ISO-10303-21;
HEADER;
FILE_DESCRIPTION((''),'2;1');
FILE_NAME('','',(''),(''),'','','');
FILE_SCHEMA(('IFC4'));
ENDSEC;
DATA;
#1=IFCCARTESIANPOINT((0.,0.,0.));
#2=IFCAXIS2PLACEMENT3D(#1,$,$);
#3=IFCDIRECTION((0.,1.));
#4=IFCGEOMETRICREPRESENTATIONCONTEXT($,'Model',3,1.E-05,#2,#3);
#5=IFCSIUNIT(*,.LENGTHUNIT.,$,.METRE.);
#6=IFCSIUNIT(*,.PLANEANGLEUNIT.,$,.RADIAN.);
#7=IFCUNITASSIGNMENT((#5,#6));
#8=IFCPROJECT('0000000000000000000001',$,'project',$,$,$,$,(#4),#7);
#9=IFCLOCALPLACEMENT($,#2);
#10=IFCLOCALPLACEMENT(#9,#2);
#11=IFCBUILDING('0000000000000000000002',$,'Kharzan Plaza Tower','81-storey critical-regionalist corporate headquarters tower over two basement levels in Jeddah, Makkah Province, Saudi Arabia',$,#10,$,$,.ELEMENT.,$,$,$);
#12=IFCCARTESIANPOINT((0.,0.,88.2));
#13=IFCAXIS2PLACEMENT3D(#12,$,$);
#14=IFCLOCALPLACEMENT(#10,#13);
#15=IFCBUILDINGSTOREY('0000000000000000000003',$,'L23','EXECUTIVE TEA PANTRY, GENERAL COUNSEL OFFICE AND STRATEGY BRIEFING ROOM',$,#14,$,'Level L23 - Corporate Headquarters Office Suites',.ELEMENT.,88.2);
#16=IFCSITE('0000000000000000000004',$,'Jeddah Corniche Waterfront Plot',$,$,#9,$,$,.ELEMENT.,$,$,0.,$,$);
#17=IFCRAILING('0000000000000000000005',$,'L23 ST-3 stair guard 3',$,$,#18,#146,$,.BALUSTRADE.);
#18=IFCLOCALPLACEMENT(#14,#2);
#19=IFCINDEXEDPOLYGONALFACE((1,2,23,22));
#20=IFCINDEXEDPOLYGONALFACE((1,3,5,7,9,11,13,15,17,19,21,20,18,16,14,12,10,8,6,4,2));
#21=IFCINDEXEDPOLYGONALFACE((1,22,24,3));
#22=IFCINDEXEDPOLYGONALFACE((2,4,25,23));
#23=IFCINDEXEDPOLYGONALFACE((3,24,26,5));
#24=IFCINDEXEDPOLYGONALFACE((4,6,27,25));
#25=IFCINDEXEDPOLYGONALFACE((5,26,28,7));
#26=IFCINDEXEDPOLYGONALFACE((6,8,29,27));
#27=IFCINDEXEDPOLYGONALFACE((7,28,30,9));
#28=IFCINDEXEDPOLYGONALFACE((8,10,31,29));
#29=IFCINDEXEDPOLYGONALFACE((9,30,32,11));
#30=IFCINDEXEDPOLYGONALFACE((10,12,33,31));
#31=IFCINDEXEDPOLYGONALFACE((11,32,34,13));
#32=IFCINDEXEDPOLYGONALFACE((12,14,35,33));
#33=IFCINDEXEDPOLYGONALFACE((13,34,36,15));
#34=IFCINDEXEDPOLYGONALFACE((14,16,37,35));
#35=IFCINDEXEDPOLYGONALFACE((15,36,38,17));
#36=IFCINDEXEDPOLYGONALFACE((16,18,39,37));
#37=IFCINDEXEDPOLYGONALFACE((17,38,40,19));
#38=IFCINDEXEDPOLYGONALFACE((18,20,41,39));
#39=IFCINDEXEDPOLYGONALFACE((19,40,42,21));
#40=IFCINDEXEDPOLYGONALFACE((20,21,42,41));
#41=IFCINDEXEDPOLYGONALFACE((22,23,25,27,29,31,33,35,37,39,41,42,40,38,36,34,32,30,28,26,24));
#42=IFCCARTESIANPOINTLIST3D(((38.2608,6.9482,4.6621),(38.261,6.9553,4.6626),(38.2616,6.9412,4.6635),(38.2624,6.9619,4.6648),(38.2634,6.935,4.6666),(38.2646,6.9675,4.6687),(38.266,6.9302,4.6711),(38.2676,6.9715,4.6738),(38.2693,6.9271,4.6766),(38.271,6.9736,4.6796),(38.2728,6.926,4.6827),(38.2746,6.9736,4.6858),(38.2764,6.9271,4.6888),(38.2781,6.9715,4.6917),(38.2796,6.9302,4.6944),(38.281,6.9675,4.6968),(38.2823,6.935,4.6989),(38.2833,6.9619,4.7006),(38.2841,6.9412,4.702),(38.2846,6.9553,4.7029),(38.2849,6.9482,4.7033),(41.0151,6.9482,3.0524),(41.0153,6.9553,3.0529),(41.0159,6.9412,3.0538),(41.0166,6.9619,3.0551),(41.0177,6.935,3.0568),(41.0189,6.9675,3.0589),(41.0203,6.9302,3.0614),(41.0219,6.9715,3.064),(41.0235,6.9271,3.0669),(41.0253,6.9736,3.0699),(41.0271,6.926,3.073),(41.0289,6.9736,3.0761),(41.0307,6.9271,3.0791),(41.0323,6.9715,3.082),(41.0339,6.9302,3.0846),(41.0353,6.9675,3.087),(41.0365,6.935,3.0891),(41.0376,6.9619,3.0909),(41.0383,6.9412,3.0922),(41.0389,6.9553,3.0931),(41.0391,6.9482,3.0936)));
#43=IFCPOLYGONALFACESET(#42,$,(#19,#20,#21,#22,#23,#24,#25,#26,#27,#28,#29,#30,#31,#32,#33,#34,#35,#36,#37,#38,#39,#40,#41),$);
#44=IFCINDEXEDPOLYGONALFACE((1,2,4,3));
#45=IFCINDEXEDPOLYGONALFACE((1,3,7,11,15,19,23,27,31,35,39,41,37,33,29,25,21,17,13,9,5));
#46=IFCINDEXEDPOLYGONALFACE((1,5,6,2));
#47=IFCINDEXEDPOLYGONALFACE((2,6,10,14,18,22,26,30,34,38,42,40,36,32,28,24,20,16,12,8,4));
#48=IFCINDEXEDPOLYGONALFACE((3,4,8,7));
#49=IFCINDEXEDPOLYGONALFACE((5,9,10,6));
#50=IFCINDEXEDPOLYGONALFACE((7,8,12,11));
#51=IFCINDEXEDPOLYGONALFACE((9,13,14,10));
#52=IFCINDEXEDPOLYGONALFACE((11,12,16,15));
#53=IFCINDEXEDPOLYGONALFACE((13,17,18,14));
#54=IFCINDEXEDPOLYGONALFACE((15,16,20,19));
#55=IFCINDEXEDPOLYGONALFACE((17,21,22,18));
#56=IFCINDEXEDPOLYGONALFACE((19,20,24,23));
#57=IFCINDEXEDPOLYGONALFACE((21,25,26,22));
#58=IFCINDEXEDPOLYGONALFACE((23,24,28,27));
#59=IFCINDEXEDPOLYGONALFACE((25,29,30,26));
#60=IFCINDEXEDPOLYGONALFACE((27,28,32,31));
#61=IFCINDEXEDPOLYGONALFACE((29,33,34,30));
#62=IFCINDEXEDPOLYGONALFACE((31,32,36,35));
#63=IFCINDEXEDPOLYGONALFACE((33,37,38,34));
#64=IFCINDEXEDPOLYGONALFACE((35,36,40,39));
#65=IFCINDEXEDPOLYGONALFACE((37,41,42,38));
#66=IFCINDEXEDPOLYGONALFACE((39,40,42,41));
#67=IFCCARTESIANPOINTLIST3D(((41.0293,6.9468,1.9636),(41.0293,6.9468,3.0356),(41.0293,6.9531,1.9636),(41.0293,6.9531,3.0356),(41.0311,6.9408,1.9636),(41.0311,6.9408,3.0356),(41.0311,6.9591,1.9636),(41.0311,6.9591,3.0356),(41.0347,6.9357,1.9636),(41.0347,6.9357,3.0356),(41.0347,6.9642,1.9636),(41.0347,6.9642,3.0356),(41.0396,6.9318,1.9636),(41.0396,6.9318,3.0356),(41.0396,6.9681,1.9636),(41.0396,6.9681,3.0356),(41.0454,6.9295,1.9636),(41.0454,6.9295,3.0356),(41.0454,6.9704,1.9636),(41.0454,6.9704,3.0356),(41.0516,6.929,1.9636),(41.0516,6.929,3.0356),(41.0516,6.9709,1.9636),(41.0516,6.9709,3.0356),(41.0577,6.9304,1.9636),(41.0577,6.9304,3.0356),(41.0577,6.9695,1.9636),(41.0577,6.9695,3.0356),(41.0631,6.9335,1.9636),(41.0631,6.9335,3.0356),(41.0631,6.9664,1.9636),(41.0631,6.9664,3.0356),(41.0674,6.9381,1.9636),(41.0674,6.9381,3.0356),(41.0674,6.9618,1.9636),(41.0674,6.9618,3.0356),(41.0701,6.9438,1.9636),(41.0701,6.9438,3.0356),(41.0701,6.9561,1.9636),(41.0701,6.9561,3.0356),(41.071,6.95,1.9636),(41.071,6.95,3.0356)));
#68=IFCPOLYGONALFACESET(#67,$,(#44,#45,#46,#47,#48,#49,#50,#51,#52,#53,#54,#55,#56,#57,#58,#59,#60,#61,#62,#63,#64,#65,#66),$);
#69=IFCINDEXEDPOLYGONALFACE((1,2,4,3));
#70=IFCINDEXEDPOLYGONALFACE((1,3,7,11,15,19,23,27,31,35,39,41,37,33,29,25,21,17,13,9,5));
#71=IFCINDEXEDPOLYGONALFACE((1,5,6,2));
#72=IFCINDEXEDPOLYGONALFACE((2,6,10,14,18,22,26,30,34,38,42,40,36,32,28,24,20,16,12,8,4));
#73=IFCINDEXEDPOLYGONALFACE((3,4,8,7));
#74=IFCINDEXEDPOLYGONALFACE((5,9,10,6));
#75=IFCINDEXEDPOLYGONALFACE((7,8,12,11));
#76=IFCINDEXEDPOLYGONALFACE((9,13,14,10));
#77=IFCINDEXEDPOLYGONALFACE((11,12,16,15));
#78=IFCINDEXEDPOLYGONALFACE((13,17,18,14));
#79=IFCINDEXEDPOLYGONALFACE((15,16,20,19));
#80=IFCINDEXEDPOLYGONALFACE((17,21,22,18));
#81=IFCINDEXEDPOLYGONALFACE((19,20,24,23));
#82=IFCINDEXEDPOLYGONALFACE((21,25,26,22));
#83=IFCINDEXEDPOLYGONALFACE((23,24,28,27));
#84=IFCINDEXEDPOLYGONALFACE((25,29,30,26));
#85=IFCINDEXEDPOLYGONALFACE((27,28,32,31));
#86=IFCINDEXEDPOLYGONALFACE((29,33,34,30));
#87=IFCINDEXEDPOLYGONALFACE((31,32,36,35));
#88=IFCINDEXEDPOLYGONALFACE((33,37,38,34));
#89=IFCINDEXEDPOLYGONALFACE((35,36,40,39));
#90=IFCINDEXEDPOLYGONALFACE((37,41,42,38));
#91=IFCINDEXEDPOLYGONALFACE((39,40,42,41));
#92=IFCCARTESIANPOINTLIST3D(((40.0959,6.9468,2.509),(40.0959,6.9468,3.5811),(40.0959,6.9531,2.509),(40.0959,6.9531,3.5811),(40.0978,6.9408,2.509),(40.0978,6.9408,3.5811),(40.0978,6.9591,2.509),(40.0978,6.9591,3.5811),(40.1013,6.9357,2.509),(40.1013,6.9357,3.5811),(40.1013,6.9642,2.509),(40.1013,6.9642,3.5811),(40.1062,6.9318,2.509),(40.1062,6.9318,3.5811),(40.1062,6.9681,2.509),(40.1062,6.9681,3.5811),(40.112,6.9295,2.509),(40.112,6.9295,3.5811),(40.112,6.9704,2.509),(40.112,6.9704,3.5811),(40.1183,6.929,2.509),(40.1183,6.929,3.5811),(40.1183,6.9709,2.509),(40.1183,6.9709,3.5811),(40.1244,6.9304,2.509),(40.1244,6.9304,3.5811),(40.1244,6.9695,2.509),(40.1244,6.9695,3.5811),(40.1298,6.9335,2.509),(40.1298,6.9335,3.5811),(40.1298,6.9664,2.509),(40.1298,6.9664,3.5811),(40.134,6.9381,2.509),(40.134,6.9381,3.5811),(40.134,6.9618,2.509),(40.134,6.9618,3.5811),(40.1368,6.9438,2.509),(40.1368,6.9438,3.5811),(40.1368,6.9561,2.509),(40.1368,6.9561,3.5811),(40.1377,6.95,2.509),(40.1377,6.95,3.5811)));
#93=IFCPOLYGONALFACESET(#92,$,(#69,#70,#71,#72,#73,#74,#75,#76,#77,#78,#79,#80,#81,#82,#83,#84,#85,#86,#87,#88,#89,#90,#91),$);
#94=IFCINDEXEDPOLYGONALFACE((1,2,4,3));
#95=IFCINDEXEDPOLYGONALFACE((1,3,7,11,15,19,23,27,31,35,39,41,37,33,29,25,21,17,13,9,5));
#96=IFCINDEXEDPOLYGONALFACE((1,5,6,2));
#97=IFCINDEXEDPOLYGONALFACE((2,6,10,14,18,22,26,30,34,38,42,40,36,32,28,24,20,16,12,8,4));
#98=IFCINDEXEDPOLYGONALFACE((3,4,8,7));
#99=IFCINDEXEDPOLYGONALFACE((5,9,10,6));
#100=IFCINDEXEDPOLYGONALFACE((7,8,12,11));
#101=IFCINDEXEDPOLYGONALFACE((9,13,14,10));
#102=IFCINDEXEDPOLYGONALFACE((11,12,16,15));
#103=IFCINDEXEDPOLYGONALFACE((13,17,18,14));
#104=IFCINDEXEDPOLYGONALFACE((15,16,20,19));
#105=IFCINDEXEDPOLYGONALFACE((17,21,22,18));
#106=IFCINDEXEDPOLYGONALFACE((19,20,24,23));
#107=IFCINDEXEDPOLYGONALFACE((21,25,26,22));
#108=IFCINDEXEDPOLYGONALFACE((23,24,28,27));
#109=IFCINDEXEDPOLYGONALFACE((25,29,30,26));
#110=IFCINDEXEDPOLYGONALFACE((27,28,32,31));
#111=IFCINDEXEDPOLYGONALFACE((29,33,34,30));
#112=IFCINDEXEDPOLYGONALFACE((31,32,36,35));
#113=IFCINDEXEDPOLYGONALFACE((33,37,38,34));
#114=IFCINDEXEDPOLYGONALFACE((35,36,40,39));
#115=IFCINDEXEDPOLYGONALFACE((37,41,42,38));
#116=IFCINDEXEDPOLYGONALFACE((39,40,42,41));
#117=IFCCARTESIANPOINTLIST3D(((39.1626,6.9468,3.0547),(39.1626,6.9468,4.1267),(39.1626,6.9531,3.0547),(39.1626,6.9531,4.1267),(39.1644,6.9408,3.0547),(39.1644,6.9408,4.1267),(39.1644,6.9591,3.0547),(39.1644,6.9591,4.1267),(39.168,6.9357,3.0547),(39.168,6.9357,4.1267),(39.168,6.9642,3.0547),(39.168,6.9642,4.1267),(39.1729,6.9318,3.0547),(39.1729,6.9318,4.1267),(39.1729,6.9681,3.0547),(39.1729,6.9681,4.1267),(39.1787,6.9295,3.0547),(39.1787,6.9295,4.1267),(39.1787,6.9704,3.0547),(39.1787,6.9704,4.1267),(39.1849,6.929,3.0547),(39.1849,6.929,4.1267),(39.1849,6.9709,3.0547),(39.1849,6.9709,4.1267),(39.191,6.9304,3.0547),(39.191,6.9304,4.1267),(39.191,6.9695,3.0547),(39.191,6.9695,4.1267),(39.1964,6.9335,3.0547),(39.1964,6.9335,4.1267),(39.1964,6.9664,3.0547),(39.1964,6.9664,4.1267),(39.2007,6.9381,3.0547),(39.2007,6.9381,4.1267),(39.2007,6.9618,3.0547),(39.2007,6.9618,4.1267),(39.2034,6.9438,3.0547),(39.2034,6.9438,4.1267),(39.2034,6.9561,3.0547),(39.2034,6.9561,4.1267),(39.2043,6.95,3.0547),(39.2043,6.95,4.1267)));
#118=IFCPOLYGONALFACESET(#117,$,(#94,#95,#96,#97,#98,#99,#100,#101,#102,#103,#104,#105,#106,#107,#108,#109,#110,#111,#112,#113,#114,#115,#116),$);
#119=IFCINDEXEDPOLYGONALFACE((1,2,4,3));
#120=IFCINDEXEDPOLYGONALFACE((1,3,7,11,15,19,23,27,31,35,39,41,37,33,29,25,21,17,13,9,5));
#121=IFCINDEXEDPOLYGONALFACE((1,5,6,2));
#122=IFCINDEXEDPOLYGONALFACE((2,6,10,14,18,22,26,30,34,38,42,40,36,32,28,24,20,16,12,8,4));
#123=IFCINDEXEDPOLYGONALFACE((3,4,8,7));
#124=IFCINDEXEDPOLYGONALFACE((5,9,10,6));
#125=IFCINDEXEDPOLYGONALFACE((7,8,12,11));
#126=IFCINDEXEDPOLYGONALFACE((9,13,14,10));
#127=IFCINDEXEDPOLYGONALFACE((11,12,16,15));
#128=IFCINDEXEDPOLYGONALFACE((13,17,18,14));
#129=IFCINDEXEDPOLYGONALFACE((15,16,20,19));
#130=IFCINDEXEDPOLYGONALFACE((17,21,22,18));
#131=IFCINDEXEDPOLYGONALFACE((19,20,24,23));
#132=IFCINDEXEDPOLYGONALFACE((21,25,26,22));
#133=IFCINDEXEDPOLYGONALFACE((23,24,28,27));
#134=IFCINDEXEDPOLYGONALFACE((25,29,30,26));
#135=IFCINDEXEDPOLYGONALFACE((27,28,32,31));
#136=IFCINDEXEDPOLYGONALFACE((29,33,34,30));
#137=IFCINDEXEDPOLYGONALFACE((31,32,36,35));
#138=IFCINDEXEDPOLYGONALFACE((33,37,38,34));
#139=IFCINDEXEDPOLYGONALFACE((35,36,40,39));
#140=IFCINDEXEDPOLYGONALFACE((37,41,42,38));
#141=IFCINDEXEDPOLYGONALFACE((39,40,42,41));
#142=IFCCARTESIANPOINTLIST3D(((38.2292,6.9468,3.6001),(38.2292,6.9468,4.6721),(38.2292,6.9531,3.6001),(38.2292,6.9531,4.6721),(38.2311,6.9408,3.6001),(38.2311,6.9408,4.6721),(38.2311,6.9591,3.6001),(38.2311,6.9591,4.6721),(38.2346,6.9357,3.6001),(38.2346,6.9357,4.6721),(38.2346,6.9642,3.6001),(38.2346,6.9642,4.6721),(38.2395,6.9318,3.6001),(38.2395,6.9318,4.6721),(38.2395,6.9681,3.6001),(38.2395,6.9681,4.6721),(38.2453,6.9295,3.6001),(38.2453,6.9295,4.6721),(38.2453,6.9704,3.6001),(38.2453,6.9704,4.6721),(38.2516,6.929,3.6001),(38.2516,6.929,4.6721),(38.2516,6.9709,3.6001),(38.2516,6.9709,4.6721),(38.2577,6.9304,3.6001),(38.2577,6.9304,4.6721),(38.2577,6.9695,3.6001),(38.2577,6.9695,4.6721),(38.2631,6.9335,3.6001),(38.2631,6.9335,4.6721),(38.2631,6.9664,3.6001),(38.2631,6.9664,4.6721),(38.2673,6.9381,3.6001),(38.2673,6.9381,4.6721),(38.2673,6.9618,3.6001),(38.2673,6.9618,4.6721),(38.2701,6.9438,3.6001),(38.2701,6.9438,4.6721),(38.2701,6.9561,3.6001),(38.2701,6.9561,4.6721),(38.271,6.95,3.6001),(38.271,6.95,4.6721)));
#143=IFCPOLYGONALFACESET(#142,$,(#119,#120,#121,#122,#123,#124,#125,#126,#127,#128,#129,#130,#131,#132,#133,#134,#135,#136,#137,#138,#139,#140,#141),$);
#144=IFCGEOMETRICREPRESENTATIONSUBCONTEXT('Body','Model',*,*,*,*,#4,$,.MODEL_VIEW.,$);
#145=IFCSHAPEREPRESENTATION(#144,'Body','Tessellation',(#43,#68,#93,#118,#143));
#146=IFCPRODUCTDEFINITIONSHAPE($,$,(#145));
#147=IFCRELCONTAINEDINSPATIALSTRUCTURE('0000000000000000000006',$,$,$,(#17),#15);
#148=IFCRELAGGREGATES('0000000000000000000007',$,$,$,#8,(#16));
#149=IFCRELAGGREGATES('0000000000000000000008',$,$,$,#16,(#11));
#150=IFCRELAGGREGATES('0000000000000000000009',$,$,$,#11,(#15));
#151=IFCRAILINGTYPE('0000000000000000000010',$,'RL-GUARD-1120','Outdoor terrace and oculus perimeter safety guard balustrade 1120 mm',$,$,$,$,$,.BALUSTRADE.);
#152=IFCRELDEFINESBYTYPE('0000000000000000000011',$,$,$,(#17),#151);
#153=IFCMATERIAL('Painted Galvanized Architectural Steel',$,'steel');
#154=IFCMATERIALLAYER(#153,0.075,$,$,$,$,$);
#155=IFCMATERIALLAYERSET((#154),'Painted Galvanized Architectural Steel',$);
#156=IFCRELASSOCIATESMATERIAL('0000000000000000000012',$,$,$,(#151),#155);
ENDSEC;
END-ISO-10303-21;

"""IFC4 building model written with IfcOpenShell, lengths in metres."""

from ifc_helpers import new_model, si_unit, direction, frame, origin, origin_2d, place, context, subcontext, project, spatial, circle, extrude, source, transform, mapped, material, layer, layer_set, type_object, element, save


model = new_model("IFC4")

# Units and contexts
model_context = context("Model", 3, precision=1e-05, world=origin(), true_north=direction((0.0, 1.0)))
body_context = subcontext(model_context, "Body", "Model", "MODEL_VIEW")
ifc_project = project(units=[si_unit("LENGTHUNIT", "METRE"), si_unit("PLANEANGLEUNIT", "RADIAN")], contexts=[model_context])

# Site, building, storey
site_placement = place(None, origin())
site = spatial("IfcSite", under=ifc_project, at=site_placement, Name="Jeddah Corniche Waterfront Plot", CompositionType="ELEMENT", RefElevation=0.0)
building_placement = place(site_placement, origin())
building = spatial("IfcBuilding", under=site, at=building_placement, Name="Kharzan Plaza Tower", Description="81-storey critical-regionalist corporate headquarters tower over two basement levels in Jeddah, Makkah Province, Saudi Arabia", CompositionType="ELEMENT")
storey_placement = place(building_placement, frame((0.0, 0.0, 88.2)))
storey = spatial("IfcBuildingStorey", under=building, at=storey_placement, Name="L23", Description="EXECUTIVE TEA PANTRY, GENERAL COUNSEL OFFICE AND STRATEGY BRIEFING ROOM", LongName="Level L23 - Corporate Headquarters Office Suites", CompositionType="ELEMENT", Elevation=88.2)

# Railing
ifc_material_1 = material(Name="Painted Galvanized Architectural Steel", Category="steel")
ifc_layer_1 = layer(ifc_material_1, 0.075)
ifc_layer_set_1 = layer_set([ifc_layer_1], Name="Painted Galvanized Architectural Steel")
railing_type_1 = type_object("IfcRailingType", Name="RL-GUARD-1120", Description="Outdoor terrace and oculus perimeter safety guard balustrade 1120 mm", PredefinedType="BALUSTRADE", material=ifc_layer_set_1)
shared_shape_1 = source(origin(), body_context, "Body", "SweptSolid", [
    extrude(circle(Radius=0.0239, at=origin_2d()), frame((-0.0229, 0.0, 1.1094), z_axis=(-0.863361, 0.0, 0.504587), x_axis=(0.0, -1.0, 0.0)), (0.0, 0.0, 1.0), 3.1902),
    extrude(circle(Radius=0.021, at=origin_2d()), origin(), (0.0, 0.0, 1.0), 1.072),
    extrude(circle(Radius=0.021, at=origin_2d()), frame((-0.9333, 0.0, 0.5454)), (0.0, 0.0, 1.0), 1.072),
    extrude(circle(Radius=0.021, at=origin_2d()), frame((-1.8667, 0.0, 1.0911)), (0.0, 0.0, 1.0), 1.072),
    extrude(circle(Radius=0.021, at=origin_2d()), frame((-2.8, 0.0, 1.6365)), (0.0, 0.0, 1.0), 1.072),
])
railing_1_placement = place(storey_placement, frame((41.05, 6.95, 1.9636)))
element("IfcRailing", 1, at=railing_1_placement, inside=storey, type_object=railing_type_1, Name="L23 ST-3 stair guard 3", PredefinedType="BALUSTRADE", context=body_context, shape_type="MappedRepresentation", body=[
    mapped(shared_shape_1, transform((0.0, 0.0, 0.0), x_axis=(1.0, 0.0, 0.0), y_axis=(0.0, 1.0, 0.0), z_axis=(0.0, 0.0, 1.0))),
])

save(model, "model.ifc")
